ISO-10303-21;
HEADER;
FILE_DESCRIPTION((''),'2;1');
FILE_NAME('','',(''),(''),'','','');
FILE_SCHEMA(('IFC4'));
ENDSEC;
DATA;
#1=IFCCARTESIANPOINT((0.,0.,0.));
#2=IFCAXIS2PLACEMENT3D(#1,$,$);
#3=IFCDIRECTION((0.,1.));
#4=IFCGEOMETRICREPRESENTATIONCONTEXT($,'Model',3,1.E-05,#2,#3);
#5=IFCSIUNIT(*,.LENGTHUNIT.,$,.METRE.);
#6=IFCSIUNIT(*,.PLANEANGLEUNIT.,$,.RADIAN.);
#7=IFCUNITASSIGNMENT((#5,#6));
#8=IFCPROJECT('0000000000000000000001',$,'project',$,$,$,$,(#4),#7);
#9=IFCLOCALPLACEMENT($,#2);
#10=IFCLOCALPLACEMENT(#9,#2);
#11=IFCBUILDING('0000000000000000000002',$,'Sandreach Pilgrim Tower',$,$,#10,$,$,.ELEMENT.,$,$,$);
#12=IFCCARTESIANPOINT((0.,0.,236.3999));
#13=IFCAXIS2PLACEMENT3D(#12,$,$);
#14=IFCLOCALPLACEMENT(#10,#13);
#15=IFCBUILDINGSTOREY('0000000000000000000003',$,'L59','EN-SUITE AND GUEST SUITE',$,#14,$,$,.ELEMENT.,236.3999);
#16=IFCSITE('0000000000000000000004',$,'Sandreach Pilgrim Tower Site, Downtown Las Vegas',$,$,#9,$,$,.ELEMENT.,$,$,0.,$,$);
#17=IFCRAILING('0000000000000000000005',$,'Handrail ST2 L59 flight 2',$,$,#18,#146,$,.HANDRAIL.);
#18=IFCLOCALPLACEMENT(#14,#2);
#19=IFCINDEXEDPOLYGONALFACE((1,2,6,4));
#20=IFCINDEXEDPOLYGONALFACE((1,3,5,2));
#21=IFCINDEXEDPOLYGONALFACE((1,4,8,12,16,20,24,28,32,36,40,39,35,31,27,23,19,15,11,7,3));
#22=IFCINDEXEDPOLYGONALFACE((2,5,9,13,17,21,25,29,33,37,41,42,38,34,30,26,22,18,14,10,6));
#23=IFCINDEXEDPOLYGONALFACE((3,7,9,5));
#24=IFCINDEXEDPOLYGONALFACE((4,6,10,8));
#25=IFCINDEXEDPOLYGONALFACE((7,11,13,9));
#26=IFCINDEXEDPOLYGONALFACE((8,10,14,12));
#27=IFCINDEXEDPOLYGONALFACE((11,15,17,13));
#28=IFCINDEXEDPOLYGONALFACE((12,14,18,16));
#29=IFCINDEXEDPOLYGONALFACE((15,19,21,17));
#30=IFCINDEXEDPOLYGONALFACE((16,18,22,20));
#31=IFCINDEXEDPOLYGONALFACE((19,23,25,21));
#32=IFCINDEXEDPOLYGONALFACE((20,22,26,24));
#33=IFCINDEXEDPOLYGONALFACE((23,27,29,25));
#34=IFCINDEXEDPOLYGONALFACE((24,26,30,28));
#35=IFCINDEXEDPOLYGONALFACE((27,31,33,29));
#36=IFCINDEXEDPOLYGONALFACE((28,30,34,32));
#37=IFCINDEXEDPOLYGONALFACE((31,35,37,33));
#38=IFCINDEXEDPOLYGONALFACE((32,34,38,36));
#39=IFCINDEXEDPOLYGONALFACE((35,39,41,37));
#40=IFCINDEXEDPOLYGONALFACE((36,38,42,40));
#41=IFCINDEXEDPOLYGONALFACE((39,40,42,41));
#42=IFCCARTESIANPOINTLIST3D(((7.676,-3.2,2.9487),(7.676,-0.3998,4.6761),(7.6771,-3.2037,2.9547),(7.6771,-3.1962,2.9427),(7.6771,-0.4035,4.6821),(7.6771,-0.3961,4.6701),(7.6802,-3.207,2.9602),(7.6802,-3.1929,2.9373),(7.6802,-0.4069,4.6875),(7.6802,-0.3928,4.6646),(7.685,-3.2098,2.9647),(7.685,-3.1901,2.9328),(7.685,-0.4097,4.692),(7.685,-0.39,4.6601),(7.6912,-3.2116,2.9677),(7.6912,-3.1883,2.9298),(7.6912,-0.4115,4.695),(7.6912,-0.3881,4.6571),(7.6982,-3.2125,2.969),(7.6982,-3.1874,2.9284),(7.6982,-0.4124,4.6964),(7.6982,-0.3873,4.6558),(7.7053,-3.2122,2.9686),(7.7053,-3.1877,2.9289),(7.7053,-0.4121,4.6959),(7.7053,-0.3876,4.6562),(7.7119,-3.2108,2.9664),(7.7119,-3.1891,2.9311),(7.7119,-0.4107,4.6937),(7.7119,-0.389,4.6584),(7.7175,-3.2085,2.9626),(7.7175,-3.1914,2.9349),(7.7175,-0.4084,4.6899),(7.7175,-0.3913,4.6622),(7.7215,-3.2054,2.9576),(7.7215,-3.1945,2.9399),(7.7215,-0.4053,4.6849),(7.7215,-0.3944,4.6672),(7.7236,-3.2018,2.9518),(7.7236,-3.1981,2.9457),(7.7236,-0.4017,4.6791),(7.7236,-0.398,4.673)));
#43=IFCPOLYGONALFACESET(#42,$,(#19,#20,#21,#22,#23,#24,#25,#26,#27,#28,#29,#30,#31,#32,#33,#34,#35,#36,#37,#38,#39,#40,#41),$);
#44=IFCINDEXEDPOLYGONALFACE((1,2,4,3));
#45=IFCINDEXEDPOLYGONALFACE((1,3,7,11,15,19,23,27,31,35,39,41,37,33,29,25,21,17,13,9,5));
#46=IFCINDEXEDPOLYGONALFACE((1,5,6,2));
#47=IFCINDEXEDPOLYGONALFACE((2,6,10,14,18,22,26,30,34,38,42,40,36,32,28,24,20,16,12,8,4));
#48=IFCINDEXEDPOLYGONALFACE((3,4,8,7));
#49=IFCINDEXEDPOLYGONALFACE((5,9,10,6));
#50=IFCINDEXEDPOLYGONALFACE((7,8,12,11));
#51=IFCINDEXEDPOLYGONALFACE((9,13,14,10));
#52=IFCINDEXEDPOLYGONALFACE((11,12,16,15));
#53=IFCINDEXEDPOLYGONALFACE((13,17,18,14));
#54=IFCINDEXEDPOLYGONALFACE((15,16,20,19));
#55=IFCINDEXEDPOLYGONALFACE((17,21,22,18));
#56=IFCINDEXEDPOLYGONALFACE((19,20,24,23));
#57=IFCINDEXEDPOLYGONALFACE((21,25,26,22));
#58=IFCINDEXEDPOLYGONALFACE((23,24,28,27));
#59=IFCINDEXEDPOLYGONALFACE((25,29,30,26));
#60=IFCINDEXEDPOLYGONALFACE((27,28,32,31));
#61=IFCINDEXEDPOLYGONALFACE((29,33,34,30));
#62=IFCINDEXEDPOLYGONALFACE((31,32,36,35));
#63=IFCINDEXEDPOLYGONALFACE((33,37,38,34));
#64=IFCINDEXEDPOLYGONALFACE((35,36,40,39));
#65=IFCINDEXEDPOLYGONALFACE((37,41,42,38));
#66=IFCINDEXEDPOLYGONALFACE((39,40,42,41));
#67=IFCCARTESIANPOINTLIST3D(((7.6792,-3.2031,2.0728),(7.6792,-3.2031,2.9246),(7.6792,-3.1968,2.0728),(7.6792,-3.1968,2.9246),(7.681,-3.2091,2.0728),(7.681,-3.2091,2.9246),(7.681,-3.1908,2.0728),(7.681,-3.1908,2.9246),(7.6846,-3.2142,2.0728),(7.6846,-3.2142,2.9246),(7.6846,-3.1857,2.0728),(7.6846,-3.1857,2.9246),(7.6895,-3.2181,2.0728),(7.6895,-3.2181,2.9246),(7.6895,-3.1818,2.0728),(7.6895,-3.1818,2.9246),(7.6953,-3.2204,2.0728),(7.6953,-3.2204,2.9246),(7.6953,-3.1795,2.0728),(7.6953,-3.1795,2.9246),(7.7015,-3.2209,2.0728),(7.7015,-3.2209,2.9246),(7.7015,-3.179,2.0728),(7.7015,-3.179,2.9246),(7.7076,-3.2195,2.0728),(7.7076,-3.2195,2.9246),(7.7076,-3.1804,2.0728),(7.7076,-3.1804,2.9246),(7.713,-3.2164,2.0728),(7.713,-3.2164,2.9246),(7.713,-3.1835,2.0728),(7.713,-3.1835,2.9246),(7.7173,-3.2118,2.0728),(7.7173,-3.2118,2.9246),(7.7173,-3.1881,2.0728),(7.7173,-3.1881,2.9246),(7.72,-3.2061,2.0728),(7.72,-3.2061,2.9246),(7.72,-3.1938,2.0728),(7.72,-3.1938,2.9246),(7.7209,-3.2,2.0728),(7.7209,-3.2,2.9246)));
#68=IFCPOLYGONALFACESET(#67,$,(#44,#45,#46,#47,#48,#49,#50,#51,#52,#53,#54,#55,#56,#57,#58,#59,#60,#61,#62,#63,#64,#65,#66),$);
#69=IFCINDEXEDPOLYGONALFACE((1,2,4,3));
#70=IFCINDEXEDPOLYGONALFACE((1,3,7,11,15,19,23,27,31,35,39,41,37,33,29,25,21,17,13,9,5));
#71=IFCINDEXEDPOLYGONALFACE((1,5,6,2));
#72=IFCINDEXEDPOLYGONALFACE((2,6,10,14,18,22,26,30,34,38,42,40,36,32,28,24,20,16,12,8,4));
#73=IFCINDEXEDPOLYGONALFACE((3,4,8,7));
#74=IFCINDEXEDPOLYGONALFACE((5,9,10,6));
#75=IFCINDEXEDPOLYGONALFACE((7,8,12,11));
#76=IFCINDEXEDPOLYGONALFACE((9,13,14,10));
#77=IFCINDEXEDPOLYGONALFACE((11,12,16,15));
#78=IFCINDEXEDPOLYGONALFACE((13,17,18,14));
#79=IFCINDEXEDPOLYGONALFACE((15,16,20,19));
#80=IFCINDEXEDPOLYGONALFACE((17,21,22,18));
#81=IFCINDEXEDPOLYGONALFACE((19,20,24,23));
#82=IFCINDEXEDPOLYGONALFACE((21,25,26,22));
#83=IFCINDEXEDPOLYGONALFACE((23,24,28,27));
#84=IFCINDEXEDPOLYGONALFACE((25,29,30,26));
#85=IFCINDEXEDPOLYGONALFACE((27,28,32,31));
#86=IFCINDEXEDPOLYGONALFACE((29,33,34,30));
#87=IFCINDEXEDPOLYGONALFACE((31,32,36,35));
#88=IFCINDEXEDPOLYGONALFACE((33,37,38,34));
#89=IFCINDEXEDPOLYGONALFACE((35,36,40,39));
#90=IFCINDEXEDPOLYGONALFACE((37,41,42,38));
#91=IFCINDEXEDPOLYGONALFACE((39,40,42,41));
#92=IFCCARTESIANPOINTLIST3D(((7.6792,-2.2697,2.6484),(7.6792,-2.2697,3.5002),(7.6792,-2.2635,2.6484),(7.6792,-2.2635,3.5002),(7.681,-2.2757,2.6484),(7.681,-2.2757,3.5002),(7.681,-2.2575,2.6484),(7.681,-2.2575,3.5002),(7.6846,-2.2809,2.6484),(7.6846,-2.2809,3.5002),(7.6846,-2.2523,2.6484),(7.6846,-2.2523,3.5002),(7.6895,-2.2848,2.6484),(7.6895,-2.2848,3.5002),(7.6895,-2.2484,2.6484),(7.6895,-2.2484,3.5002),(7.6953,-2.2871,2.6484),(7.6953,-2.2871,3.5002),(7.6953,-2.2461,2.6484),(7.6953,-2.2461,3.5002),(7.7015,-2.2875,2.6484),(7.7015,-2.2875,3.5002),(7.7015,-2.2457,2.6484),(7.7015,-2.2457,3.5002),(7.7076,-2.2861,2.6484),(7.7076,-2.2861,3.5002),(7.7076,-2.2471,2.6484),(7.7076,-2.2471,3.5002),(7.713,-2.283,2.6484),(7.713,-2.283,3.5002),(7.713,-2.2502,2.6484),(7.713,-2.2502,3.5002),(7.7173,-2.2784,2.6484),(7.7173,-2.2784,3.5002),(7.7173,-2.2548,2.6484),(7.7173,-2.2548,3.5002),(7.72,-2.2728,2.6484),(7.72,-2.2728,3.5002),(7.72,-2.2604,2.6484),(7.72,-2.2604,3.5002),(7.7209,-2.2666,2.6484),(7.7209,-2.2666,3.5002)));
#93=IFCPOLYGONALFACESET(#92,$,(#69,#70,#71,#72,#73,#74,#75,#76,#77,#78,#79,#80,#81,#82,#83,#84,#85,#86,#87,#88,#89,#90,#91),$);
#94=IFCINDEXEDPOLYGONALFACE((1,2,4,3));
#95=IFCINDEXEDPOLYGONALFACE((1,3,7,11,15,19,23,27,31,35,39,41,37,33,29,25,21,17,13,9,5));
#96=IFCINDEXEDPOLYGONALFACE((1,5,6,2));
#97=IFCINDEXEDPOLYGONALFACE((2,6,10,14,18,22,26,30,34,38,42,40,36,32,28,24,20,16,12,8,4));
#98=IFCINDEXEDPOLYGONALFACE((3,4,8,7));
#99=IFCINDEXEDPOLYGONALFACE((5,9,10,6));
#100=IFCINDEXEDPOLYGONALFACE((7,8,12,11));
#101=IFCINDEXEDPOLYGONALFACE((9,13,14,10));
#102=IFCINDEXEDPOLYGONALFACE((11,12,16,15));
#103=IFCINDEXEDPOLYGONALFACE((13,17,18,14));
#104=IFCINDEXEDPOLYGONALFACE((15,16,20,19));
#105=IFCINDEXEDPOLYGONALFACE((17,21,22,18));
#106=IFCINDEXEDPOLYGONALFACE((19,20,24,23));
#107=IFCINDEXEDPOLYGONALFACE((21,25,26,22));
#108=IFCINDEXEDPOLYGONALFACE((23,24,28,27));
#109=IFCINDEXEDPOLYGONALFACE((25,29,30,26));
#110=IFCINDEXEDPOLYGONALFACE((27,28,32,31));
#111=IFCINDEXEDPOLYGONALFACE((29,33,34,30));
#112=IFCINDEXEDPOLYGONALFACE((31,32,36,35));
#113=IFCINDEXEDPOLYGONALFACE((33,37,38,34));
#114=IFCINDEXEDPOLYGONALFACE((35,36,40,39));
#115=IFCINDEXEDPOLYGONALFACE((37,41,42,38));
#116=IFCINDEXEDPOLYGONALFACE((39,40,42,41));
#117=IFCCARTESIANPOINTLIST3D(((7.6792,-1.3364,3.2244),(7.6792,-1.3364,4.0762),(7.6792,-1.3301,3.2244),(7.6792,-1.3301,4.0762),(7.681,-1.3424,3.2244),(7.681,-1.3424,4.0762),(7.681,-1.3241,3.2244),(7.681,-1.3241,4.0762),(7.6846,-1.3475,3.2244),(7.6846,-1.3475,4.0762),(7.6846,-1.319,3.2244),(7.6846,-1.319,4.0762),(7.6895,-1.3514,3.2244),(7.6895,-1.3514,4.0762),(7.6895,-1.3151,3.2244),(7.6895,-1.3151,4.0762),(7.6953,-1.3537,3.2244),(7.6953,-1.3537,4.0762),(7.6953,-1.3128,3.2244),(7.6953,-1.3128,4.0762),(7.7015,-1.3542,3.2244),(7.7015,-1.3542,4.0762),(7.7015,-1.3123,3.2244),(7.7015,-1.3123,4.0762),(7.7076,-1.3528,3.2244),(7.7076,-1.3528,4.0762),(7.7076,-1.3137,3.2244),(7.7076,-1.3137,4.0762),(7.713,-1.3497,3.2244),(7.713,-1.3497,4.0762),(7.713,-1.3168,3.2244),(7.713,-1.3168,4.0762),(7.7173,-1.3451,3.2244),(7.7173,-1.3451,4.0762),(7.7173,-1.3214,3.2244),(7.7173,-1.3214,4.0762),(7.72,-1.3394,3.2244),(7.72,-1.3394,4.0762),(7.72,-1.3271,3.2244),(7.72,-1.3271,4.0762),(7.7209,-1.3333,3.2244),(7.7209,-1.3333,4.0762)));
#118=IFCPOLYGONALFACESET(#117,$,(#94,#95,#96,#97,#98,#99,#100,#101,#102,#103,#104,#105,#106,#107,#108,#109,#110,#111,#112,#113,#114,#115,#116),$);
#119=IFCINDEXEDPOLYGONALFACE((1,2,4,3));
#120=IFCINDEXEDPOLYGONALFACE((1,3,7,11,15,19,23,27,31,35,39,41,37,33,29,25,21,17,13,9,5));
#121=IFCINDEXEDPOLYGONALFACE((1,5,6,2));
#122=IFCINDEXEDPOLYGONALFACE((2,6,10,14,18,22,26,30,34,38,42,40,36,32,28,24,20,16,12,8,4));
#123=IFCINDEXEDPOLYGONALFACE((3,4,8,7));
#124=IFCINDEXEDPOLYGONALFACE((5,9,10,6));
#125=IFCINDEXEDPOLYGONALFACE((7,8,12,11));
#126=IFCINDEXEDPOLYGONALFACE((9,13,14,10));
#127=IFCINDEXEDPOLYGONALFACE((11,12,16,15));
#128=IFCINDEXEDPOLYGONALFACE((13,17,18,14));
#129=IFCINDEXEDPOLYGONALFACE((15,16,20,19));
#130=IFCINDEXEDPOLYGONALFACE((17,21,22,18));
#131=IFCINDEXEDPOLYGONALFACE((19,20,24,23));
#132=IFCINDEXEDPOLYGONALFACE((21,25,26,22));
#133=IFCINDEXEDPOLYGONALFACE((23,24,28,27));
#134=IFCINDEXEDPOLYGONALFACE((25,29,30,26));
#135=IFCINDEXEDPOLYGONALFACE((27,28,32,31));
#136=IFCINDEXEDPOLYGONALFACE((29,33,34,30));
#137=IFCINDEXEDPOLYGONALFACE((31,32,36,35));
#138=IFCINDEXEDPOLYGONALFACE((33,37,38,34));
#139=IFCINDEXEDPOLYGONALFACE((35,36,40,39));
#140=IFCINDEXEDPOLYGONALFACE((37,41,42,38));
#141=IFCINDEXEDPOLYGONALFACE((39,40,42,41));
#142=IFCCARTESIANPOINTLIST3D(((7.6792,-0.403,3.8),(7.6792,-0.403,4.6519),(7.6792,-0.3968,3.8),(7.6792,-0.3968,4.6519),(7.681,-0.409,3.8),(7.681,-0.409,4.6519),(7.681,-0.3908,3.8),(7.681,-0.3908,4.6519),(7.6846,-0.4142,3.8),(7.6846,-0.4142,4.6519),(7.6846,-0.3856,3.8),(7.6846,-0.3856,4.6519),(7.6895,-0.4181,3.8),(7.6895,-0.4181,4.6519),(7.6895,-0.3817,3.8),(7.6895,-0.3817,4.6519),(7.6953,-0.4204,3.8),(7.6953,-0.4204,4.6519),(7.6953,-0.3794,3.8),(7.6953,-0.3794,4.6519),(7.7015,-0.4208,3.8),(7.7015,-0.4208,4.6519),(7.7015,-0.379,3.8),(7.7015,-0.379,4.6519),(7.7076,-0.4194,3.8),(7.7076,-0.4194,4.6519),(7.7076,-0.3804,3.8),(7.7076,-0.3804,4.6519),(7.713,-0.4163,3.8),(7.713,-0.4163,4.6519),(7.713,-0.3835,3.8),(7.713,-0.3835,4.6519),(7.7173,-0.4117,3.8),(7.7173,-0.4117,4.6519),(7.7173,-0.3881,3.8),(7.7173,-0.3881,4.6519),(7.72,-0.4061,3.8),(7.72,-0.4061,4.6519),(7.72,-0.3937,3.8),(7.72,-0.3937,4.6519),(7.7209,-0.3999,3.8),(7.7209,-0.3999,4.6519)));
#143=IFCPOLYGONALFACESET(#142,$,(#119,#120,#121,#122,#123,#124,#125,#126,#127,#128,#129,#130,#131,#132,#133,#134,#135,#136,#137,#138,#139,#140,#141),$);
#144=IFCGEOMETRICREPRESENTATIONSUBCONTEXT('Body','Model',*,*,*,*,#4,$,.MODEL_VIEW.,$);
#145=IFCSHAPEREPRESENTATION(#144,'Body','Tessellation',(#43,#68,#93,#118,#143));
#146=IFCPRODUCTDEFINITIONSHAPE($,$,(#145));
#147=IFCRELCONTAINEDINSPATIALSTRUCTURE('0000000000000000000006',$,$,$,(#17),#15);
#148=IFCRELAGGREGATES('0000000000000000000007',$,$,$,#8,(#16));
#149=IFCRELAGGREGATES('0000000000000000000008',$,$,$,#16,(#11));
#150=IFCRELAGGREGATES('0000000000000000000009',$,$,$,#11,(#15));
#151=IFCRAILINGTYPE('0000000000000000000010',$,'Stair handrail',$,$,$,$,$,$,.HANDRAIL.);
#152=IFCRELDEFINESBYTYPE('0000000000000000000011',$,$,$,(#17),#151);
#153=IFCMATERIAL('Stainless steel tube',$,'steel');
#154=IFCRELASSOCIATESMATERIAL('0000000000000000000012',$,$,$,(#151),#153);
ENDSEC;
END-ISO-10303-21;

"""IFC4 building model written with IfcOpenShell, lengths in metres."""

from ifc_helpers import new_model, si_unit, direction, frame, origin, origin_2d, place, context, subcontext, project, spatial, circle, extrude, material, type_object, element, save


model = new_model("IFC4")

# Units and contexts
model_context = context("Model", 3, precision=1e-05, world=origin(), true_north=direction((0.0, 1.0)))
body_context = subcontext(model_context, "Body", "Model", "MODEL_VIEW")
ifc_project = project(units=[si_unit("LENGTHUNIT", "METRE"), si_unit("PLANEANGLEUNIT", "RADIAN")], contexts=[model_context])

# Site, building, storey
site_placement = place(None, origin())
site = spatial("IfcSite", under=ifc_project, at=site_placement, Name="Sandreach Pilgrim Tower Site, Downtown Las Vegas", CompositionType="ELEMENT", RefElevation=0.0)
building_placement = place(site_placement, origin())
building = spatial("IfcBuilding", under=site, at=building_placement, Name="Sandreach Pilgrim Tower", CompositionType="ELEMENT")
storey_placement = place(building_placement, frame((0.0, 0.0, 236.3999)))
storey = spatial("IfcBuildingStorey", under=building, at=storey_placement, Name="L59", Description="EN-SUITE AND GUEST SUITE", CompositionType="ELEMENT", Elevation=236.3999)

# Railing
ifc_material_1 = material(Name="Stainless steel tube", Category="steel")
railing_type = type_object("IfcRailingType", Name="Stair handrail", PredefinedType="HANDRAIL", material=ifc_material_1)
for number, where, name in (
    (1, (7.7, -3.2, 2.0728), "Handrail ST2 L59 flight 2"),
):
    element("IfcRailing", number, at=place(storey_placement, frame(where)), inside=storey, type_object=railing_type, Name=name, PredefinedType="HANDRAIL", context=body_context, shape_type="SweptSolid", body=[
        extrude(circle(Radius=0.0239, at=origin_2d()), frame((0.0, 0.0, 0.876), z_axis=(0.0, 0.85109, 0.52502), x_axis=(-1.0, 0.0, 0.0)), (0.0, 0.0, 1.0), 3.29),
        extrude(circle(Radius=0.021, at=origin_2d()), origin(), (0.0, 0.0, 1.0), 0.8518),
        extrude(circle(Radius=0.021, at=origin_2d()), frame((0.0, 0.9333, 0.5757)), (0.0, 0.0, 1.0), 0.8518),
        extrude(circle(Radius=0.021, at=origin_2d()), frame((0.0, 1.8667, 1.1516)), (0.0, 0.0, 1.0), 0.8518),
        extrude(circle(Radius=0.021, at=origin_2d()), frame((0.0, 2.8, 1.7273)), (0.0, 0.0, 1.0), 0.8518),
    ])

save(model, "model.ifc")
